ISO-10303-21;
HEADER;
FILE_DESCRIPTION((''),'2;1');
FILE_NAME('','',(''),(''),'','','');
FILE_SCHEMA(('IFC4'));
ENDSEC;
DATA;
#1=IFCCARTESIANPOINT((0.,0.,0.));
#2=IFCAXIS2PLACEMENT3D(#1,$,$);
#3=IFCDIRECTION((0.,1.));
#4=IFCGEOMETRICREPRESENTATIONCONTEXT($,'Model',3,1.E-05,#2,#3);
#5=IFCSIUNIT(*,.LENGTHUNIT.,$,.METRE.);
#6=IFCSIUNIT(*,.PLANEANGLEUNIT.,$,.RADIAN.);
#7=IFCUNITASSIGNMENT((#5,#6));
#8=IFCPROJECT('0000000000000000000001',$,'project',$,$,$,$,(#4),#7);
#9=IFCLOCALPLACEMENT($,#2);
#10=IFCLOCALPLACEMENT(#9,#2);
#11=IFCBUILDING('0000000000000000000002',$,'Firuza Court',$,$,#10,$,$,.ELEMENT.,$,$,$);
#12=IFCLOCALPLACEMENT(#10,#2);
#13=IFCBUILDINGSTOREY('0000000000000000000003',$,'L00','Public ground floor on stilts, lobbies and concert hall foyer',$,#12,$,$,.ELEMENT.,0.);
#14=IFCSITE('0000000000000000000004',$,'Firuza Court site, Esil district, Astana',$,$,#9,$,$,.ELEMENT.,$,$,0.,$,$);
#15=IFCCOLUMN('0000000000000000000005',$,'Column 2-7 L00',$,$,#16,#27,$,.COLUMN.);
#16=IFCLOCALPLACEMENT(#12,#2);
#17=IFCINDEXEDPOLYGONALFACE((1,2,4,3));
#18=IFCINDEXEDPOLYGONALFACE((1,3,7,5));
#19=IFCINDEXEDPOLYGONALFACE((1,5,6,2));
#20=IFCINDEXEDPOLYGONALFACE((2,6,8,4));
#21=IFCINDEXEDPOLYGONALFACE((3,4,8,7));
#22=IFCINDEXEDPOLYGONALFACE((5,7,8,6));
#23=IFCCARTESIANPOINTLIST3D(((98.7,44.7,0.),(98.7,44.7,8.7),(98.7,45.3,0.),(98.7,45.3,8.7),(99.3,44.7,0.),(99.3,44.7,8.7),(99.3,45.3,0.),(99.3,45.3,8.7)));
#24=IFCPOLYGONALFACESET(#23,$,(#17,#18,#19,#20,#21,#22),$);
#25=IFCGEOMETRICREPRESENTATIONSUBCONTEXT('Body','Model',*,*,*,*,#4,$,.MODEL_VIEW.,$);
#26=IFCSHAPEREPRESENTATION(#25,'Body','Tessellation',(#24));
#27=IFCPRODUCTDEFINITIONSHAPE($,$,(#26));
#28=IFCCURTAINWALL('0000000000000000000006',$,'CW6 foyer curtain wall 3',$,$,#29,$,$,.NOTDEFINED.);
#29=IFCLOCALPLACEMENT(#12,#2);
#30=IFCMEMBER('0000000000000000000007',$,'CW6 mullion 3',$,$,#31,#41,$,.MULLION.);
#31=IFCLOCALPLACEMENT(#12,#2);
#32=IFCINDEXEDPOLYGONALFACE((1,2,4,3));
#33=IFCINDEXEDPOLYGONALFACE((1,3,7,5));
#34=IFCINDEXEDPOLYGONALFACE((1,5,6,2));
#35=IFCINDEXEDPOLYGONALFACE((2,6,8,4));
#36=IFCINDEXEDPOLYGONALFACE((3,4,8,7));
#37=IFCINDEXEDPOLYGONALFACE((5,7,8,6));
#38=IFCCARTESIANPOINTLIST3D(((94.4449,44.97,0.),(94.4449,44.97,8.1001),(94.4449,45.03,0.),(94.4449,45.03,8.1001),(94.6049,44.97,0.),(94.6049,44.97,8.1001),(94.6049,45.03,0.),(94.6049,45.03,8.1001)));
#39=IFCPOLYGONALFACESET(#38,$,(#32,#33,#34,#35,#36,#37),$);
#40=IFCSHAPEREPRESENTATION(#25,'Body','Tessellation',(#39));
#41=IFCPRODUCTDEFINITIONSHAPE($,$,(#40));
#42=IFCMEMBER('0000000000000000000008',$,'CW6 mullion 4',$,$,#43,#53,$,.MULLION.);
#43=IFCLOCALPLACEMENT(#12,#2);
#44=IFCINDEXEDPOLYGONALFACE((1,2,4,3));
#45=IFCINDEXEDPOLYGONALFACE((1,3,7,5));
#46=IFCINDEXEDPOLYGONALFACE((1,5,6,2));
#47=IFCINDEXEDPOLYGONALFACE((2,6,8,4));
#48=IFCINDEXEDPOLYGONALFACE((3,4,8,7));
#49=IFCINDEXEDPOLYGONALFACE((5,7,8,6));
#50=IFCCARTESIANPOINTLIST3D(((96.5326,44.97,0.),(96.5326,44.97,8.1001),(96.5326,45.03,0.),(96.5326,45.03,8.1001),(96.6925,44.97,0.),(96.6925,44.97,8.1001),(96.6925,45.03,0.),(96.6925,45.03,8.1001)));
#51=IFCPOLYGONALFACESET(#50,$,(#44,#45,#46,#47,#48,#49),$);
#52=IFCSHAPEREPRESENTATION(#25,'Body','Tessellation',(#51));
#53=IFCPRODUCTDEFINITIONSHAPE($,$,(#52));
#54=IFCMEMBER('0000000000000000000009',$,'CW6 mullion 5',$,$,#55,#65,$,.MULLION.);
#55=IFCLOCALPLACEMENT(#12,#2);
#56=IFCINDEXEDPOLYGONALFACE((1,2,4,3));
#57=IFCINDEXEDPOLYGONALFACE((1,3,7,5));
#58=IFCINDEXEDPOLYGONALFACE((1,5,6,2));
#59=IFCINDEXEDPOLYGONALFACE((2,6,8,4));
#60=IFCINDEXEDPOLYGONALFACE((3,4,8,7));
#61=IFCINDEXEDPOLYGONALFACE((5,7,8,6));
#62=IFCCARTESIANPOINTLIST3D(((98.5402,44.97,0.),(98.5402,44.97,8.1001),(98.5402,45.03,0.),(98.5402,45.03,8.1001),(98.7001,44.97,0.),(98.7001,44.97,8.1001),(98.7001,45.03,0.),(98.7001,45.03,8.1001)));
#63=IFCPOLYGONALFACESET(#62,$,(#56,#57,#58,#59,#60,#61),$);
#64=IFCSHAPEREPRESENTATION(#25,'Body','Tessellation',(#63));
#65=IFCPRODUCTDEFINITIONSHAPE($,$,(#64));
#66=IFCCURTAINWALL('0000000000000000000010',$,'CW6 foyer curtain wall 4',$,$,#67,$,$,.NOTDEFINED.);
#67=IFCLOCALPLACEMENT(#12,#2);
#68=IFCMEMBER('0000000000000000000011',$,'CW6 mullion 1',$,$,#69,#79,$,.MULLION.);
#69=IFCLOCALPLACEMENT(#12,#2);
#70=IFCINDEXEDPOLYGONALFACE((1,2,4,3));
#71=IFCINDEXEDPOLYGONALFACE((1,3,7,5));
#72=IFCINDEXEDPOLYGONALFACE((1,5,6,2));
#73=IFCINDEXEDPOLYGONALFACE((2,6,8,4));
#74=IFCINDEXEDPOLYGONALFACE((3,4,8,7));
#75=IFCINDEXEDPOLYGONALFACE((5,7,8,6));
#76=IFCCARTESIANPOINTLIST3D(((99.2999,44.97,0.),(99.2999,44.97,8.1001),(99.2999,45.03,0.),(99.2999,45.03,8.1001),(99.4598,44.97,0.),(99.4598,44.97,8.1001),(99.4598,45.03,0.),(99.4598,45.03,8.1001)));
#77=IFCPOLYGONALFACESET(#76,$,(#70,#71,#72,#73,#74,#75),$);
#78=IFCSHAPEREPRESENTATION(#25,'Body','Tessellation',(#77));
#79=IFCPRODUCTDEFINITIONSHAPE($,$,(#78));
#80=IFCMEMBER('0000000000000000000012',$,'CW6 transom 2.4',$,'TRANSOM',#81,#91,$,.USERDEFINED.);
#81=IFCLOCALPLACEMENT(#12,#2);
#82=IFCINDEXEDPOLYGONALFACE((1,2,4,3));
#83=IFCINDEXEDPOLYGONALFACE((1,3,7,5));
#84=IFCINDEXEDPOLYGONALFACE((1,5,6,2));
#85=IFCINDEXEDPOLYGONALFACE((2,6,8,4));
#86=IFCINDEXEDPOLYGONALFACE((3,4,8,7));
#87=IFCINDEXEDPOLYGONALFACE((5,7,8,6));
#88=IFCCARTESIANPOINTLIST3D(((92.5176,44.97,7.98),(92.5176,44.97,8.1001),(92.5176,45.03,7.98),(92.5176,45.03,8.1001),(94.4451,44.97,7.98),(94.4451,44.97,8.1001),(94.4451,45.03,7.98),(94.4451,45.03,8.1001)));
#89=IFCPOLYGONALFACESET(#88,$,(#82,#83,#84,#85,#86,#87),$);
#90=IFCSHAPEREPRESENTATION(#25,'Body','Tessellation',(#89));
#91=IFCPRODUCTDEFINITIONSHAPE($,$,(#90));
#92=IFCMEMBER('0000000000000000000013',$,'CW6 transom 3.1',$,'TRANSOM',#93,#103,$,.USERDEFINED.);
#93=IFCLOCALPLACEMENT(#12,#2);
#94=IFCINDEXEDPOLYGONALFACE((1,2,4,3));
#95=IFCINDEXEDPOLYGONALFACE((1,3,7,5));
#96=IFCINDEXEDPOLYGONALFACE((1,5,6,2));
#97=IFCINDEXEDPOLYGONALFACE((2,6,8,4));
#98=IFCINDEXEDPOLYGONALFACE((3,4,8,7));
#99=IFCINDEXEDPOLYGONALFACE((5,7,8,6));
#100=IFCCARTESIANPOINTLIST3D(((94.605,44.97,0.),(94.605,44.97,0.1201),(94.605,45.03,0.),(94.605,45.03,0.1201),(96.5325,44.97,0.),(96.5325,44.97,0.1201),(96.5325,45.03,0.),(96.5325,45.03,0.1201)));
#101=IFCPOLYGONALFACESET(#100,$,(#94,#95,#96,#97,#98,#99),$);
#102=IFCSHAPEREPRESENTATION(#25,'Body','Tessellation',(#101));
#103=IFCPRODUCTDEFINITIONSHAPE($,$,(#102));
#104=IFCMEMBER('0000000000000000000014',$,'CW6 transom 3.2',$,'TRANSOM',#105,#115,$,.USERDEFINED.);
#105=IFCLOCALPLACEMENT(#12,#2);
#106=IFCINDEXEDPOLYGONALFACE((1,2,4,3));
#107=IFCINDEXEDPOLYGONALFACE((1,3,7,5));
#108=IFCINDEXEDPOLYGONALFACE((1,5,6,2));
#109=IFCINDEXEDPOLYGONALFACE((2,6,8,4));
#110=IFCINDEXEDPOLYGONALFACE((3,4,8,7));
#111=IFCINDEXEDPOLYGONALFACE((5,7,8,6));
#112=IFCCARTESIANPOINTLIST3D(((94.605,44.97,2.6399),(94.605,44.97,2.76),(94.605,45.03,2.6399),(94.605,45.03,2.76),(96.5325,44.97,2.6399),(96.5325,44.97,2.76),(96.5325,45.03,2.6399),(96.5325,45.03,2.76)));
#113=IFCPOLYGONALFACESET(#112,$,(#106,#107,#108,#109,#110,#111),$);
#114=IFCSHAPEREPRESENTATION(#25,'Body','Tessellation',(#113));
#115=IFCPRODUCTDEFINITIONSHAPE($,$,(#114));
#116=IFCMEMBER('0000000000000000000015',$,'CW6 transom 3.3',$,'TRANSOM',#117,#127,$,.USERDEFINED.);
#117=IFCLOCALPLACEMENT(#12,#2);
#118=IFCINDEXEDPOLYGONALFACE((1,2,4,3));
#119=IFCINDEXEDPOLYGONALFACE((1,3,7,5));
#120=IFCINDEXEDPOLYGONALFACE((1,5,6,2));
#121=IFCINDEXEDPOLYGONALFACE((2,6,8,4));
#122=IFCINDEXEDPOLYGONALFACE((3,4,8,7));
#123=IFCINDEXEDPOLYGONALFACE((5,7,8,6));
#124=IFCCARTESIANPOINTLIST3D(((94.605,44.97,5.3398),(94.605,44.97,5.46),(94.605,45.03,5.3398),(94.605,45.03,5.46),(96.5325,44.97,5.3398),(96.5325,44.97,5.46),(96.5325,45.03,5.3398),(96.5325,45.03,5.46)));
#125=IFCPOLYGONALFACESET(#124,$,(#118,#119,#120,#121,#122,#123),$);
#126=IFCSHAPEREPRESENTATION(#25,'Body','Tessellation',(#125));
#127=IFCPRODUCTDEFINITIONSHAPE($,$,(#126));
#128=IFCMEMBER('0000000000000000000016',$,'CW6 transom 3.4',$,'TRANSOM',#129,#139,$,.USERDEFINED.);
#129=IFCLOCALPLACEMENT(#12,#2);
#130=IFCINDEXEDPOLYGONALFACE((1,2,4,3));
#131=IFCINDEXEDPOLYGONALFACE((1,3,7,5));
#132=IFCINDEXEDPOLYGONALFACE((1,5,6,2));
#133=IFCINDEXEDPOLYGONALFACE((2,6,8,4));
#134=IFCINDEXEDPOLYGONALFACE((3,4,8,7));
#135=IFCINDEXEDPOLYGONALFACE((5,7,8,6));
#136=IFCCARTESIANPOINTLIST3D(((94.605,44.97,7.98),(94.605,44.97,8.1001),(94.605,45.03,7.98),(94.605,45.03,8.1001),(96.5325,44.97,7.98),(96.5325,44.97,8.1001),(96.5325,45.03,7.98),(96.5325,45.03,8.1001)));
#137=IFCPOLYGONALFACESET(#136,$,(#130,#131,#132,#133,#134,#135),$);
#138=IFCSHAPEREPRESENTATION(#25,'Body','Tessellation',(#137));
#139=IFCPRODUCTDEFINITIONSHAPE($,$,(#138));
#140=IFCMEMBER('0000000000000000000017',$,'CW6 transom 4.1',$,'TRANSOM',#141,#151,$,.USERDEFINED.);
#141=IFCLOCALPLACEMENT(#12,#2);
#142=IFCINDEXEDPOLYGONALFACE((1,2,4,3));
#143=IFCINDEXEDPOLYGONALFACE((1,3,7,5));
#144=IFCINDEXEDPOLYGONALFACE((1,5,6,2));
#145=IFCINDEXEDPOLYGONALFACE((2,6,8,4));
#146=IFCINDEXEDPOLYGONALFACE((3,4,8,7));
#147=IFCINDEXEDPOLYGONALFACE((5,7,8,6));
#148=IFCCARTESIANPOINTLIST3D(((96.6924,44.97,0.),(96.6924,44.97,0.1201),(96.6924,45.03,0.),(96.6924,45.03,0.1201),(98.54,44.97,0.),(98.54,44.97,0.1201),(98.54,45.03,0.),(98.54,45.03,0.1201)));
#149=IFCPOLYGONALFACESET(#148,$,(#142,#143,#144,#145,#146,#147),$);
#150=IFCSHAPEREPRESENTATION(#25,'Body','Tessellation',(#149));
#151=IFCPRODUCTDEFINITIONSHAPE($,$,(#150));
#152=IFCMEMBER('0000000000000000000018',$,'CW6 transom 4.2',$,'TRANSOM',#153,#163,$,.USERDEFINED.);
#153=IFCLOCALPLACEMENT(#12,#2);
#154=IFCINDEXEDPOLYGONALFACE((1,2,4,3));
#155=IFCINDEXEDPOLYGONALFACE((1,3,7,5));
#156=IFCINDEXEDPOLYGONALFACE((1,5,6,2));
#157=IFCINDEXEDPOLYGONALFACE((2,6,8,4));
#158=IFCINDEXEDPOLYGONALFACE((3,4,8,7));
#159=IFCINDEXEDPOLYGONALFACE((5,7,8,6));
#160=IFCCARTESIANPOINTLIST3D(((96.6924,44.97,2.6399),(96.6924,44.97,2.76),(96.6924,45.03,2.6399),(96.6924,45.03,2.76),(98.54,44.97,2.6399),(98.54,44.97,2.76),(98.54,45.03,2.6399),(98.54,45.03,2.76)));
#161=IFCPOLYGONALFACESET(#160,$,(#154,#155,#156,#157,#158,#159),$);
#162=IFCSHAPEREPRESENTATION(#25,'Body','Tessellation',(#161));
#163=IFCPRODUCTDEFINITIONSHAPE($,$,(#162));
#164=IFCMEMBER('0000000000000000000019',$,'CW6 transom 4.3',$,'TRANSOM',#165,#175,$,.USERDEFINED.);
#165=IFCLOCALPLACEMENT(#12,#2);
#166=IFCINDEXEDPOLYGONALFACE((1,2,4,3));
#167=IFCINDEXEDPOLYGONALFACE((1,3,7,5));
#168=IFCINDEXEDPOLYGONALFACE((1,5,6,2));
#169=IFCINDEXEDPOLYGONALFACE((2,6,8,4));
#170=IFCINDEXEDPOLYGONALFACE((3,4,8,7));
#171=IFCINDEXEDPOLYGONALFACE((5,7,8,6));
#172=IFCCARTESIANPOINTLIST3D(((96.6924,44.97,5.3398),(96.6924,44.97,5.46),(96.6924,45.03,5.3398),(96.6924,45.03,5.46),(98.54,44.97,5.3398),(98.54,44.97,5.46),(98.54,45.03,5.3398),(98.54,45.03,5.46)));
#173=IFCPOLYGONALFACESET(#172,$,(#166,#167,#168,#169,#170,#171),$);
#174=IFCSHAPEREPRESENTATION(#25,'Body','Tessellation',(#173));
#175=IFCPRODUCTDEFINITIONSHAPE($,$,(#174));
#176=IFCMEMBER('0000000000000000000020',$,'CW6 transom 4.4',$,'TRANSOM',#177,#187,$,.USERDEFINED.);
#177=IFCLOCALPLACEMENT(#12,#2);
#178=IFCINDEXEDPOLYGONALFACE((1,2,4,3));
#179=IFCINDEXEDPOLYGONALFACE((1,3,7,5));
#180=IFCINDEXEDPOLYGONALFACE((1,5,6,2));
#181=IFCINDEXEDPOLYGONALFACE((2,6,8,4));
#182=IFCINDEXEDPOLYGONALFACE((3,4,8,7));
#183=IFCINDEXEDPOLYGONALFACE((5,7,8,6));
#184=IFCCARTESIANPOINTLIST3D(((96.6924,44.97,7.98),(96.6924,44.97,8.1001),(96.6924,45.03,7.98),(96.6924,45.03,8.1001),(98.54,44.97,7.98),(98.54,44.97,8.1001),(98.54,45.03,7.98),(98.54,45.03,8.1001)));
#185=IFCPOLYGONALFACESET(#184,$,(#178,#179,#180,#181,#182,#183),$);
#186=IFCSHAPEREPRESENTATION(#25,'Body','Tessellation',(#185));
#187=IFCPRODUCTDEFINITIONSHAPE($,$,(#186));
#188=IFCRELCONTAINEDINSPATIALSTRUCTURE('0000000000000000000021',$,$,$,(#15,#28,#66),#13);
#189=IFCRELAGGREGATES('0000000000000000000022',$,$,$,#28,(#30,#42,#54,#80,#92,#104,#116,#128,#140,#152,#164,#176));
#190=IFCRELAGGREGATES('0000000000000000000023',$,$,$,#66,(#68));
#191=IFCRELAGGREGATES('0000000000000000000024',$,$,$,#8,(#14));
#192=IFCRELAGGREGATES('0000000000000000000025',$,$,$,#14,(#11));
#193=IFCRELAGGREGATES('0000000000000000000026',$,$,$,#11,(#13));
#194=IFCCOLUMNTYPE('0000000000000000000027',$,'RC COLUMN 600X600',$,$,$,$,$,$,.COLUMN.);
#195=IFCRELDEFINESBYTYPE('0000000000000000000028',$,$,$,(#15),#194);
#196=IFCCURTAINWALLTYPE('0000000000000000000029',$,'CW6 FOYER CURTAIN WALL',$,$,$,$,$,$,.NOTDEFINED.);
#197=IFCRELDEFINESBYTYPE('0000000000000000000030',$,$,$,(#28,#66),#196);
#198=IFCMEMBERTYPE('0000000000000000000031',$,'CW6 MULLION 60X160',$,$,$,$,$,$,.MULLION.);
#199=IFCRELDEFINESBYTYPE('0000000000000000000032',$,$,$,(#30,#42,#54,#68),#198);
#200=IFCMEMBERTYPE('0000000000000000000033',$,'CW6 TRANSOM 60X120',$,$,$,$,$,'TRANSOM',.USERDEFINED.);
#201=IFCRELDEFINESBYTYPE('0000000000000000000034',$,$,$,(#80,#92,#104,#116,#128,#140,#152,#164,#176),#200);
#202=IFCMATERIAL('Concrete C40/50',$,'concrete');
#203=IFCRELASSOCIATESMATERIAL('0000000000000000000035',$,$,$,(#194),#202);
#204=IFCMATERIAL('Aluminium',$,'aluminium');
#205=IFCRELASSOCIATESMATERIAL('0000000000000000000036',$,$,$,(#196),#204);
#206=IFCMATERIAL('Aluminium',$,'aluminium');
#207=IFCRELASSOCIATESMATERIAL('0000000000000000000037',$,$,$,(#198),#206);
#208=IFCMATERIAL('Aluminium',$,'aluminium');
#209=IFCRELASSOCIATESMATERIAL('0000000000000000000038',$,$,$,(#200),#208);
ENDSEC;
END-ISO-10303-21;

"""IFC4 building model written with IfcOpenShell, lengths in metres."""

from ifc_helpers import new_model, si_unit, direction, frame, origin, origin_2d, place, context, subcontext, project, spatial, rectangle, extrude, material, material_profile, profile_set, type_object, element, aggregate, save


model = new_model("IFC4")

# Units and contexts
model_context = context("Model", 3, precision=1e-05, world=origin(), true_north=direction((0.0, 1.0)))
body_context = subcontext(model_context, "Body", "Model", "MODEL_VIEW")
ifc_project = project(units=[si_unit("LENGTHUNIT", "METRE"), si_unit("PLANEANGLEUNIT", "RADIAN")], contexts=[model_context])

# Site, building, storey
site_placement = place(None, origin())
site = spatial("IfcSite", under=ifc_project, at=site_placement, Name="Firuza Court site, Esil district, Astana", CompositionType="ELEMENT", RefElevation=0.0)
building_placement = place(site_placement, origin())
building = spatial("IfcBuilding", under=site, at=building_placement, Name="Firuza Court", CompositionType="ELEMENT")
storey_placement = place(building_placement, origin())
storey = spatial("IfcBuildingStorey", under=building, at=storey_placement, Name="L00", Description="Public ground floor on stilts, lobbies and concert hall foyer", CompositionType="ELEMENT", Elevation=0.0)

# Column
ifc_material_1 = material(Name="Concrete C40/50", Category="concrete")
ifc_material_profile_1 = material_profile(ifc_material_1, rectangle(XDim=0.6001, YDim=0.6001, at=origin_2d()), Name="RC 600X600")
ifc_profile_set_1 = profile_set([ifc_material_profile_1], Name="Concrete C40/50")
column_type = type_object("IfcColumnType", Name="RC COLUMN 600X600", PredefinedType="COLUMN", material=ifc_profile_set_1)
column_placement = place(storey_placement, frame((99.0, 45.0, 0.0), z_axis=(0.0, 0.0, 1.0), x_axis=(1.0, 0.0, 0.0)))
element("IfcColumn", 1, at=column_placement, inside=storey, type_object=column_type, Name="Column 2-7 L00", PredefinedType="COLUMN", context=body_context, shape_type="SweptSolid", body=[
    extrude(rectangle(XDim=0.6001, YDim=0.6001, at=origin_2d()), origin(), (0.0, 0.0, 1.0), 8.7),
])

# Curtain wall, members
ifc_material_2 = material(Name="Aluminium", Category="aluminium")
curtain_wall_type = type_object("IfcCurtainWallType", Name="CW6 FOYER CURTAIN WALL", PredefinedType="NOTDEFINED", material=ifc_material_2)
curtain_wall_1_placement = place(storey_placement, origin())
curtain_wall_1 = element("IfcCurtainWall", 2, at=curtain_wall_1_placement, inside=storey, type_object=curtain_wall_type, Name="CW6 foyer curtain wall 3", PredefinedType="NOTDEFINED")
ifc_material_3 = material(Name="Aluminium", Category="aluminium")
ifc_material_profile_2 = material_profile(ifc_material_3, rectangle(XDim=0.0601, YDim=0.1599, at=origin_2d()), Name="MULLION 60X160")
ifc_profile_set_2 = profile_set([ifc_material_profile_2], Name="Aluminium")
member_type_1 = type_object("IfcMemberType", Name="CW6 MULLION 60X160", PredefinedType="MULLION", material=ifc_profile_set_2)
member_1_placement = place(storey_placement, frame((94.5249, 45.0, 0.0), z_axis=(0.0, 0.0, 1.0), x_axis=(0.0, 1.0, 0.0)))
member_1 = element("IfcMember", 3, at=member_1_placement, type_object=member_type_1, Name="CW6 mullion 3", PredefinedType="MULLION", context=body_context, shape_type="SweptSolid", body=[
    extrude(rectangle(XDim=0.0601, YDim=0.1599, at=origin_2d()), origin(), (0.0, 0.0, 1.0), 8.1001),
])
member_2_placement = place(storey_placement, frame((96.6125, 45.0, 0.0), z_axis=(0.0, 0.0, 1.0), x_axis=(0.0, 1.0, 0.0)))
member_2 = element("IfcMember", 4, at=member_2_placement, type_object=member_type_1, Name="CW6 mullion 4", PredefinedType="MULLION", context=body_context, shape_type="SweptSolid", body=[
    extrude(rectangle(XDim=0.0601, YDim=0.1599, at=origin_2d()), origin(), (0.0, 0.0, 1.0), 8.1001),
])
member_3_placement = place(storey_placement, frame((98.6201, 45.0, 0.0), z_axis=(0.0, 0.0, 1.0), x_axis=(0.0, 1.0, 0.0)))
member_3 = element("IfcMember", 5, at=member_3_placement, type_object=member_type_1, Name="CW6 mullion 5", PredefinedType="MULLION", context=body_context, shape_type="SweptSolid", body=[
    extrude(rectangle(XDim=0.0601, YDim=0.1599, at=origin_2d()), origin(), (0.0, 0.0, 1.0), 8.1001),
])

# Curtain wall, member
curtain_wall_2_placement = place(storey_placement, origin())
curtain_wall_2 = element("IfcCurtainWall", 6, at=curtain_wall_2_placement, inside=storey, type_object=curtain_wall_type, Name="CW6 foyer curtain wall 4", PredefinedType="NOTDEFINED")
member_4_placement = place(storey_placement, frame((99.3799, 45.0, 0.0), z_axis=(0.0, 0.0, 1.0), x_axis=(0.0, 1.0, 0.0)))
member_4 = element("IfcMember", 7, at=member_4_placement, type_object=member_type_1, Name="CW6 mullion 1", PredefinedType="MULLION", context=body_context, shape_type="SweptSolid", body=[
    extrude(rectangle(XDim=0.0601, YDim=0.1599, at=origin_2d()), origin(), (0.0, 0.0, 1.0), 8.1001),
])

# Members
ifc_material_4 = material(Name="Aluminium", Category="aluminium")
ifc_material_profile_3 = material_profile(ifc_material_4, rectangle(XDim=0.0601, YDim=0.1201, at=origin_2d()), Name="TRANSOM 60X120")
ifc_profile_set_3 = profile_set([ifc_material_profile_3], Name="Aluminium")
member_type_2 = type_object("IfcMemberType", Name="CW6 TRANSOM 60X120", ElementType="TRANSOM", PredefinedType="USERDEFINED", material=ifc_profile_set_3)
member_5_placement = place(storey_placement, frame((92.5176, 45.0, 8.04), z_axis=(1.0, 0.0, 0.0), x_axis=(0.0, 1.0, 0.0)))
member_5 = element("IfcMember", 8, at=member_5_placement, type_object=member_type_2, Name="CW6 transom 2.4", ObjectType="TRANSOM", PredefinedType="USERDEFINED", context=body_context, shape_type="SweptSolid", body=[
    extrude(rectangle(XDim=0.0601, YDim=0.1201, at=origin_2d()), origin(), (0.0, 0.0, 1.0), 1.9275),
])
member_6_placement = place(storey_placement, frame((94.605, 45.0, 0.0601), z_axis=(1.0, 0.0, 0.0), x_axis=(0.0, 1.0, 0.0)))
member_6 = element("IfcMember", 9, at=member_6_placement, type_object=member_type_2, Name="CW6 transom 3.1", ObjectType="TRANSOM", PredefinedType="USERDEFINED", context=body_context, shape_type="SweptSolid", body=[
    extrude(rectangle(XDim=0.0601, YDim=0.1201, at=origin_2d()), origin(), (0.0, 0.0, 1.0), 1.9275),
])
member_7_placement = place(storey_placement, frame((94.605, 45.0, 2.7), z_axis=(1.0, 0.0, 0.0), x_axis=(0.0, 1.0, 0.0)))
member_7 = element("IfcMember", 10, at=member_7_placement, type_object=member_type_2, Name="CW6 transom 3.2", ObjectType="TRANSOM", PredefinedType="USERDEFINED", context=body_context, shape_type="SweptSolid", body=[
    extrude(rectangle(XDim=0.0601, YDim=0.1201, at=origin_2d()), origin(), (0.0, 0.0, 1.0), 1.9275),
])
member_8_placement = place(storey_placement, frame((94.605, 45.0, 5.3999), z_axis=(1.0, 0.0, 0.0), x_axis=(0.0, 1.0, 0.0)))
member_8 = element("IfcMember", 11, at=member_8_placement, type_object=member_type_2, Name="CW6 transom 3.3", ObjectType="TRANSOM", PredefinedType="USERDEFINED", context=body_context, shape_type="SweptSolid", body=[
    extrude(rectangle(XDim=0.0601, YDim=0.1201, at=origin_2d()), origin(), (0.0, 0.0, 1.0), 1.9275),
])
member_9_placement = place(storey_placement, frame((94.605, 45.0, 8.04), z_axis=(1.0, 0.0, 0.0), x_axis=(0.0, 1.0, 0.0)))
member_9 = element("IfcMember", 12, at=member_9_placement, type_object=member_type_2, Name="CW6 transom 3.4", ObjectType="TRANSOM", PredefinedType="USERDEFINED", context=body_context, shape_type="SweptSolid", body=[
    extrude(rectangle(XDim=0.0601, YDim=0.1201, at=origin_2d()), origin(), (0.0, 0.0, 1.0), 1.9275),
])
member_10_placement = place(storey_placement, frame((96.6924, 45.0, 0.0601), z_axis=(1.0, 0.0, 0.0), x_axis=(0.0, 1.0, 0.0)))
member_10 = element("IfcMember", 13, at=member_10_placement, type_object=member_type_2, Name="CW6 transom 4.1", ObjectType="TRANSOM", PredefinedType="USERDEFINED", context=body_context, shape_type="SweptSolid", body=[
    extrude(rectangle(XDim=0.0601, YDim=0.1201, at=origin_2d()), origin(), (0.0, 0.0, 1.0), 1.8477),
])
member_11_placement = place(storey_placement, frame((96.6924, 45.0, 2.7), z_axis=(1.0, 0.0, 0.0), x_axis=(0.0, 1.0, 0.0)))
member_11 = element("IfcMember", 14, at=member_11_placement, type_object=member_type_2, Name="CW6 transom 4.2", ObjectType="TRANSOM", PredefinedType="USERDEFINED", context=body_context, shape_type="SweptSolid", body=[
    extrude(rectangle(XDim=0.0601, YDim=0.1201, at=origin_2d()), origin(), (0.0, 0.0, 1.0), 1.8477),
])
member_12_placement = place(storey_placement, frame((96.6924, 45.0, 5.3999), z_axis=(1.0, 0.0, 0.0), x_axis=(0.0, 1.0, 0.0)))
member_12 = element("IfcMember", 15, at=member_12_placement, type_object=member_type_2, Name="CW6 transom 4.3", ObjectType="TRANSOM", PredefinedType="USERDEFINED", context=body_context, shape_type="SweptSolid", body=[
    extrude(rectangle(XDim=0.0601, YDim=0.1201, at=origin_2d()), origin(), (0.0, 0.0, 1.0), 1.8477),
])
member_13_placement = place(storey_placement, frame((96.6924, 45.0, 8.04), z_axis=(1.0, 0.0, 0.0), x_axis=(0.0, 1.0, 0.0)))
member_13 = element("IfcMember", 16, at=member_13_placement, type_object=member_type_2, Name="CW6 transom 4.4", ObjectType="TRANSOM", PredefinedType="USERDEFINED", context=body_context, shape_type="SweptSolid", body=[
    extrude(rectangle(XDim=0.0601, YDim=0.1201, at=origin_2d()), origin(), (0.0, 0.0, 1.0), 1.8477),
])

aggregate(curtain_wall_1, [member_1, member_2, member_3, member_5, member_6, member_7, member_8, member_9, member_10, member_11, member_12, member_13])
aggregate(curtain_wall_2, [member_4])

save(model, "model.ifc")
